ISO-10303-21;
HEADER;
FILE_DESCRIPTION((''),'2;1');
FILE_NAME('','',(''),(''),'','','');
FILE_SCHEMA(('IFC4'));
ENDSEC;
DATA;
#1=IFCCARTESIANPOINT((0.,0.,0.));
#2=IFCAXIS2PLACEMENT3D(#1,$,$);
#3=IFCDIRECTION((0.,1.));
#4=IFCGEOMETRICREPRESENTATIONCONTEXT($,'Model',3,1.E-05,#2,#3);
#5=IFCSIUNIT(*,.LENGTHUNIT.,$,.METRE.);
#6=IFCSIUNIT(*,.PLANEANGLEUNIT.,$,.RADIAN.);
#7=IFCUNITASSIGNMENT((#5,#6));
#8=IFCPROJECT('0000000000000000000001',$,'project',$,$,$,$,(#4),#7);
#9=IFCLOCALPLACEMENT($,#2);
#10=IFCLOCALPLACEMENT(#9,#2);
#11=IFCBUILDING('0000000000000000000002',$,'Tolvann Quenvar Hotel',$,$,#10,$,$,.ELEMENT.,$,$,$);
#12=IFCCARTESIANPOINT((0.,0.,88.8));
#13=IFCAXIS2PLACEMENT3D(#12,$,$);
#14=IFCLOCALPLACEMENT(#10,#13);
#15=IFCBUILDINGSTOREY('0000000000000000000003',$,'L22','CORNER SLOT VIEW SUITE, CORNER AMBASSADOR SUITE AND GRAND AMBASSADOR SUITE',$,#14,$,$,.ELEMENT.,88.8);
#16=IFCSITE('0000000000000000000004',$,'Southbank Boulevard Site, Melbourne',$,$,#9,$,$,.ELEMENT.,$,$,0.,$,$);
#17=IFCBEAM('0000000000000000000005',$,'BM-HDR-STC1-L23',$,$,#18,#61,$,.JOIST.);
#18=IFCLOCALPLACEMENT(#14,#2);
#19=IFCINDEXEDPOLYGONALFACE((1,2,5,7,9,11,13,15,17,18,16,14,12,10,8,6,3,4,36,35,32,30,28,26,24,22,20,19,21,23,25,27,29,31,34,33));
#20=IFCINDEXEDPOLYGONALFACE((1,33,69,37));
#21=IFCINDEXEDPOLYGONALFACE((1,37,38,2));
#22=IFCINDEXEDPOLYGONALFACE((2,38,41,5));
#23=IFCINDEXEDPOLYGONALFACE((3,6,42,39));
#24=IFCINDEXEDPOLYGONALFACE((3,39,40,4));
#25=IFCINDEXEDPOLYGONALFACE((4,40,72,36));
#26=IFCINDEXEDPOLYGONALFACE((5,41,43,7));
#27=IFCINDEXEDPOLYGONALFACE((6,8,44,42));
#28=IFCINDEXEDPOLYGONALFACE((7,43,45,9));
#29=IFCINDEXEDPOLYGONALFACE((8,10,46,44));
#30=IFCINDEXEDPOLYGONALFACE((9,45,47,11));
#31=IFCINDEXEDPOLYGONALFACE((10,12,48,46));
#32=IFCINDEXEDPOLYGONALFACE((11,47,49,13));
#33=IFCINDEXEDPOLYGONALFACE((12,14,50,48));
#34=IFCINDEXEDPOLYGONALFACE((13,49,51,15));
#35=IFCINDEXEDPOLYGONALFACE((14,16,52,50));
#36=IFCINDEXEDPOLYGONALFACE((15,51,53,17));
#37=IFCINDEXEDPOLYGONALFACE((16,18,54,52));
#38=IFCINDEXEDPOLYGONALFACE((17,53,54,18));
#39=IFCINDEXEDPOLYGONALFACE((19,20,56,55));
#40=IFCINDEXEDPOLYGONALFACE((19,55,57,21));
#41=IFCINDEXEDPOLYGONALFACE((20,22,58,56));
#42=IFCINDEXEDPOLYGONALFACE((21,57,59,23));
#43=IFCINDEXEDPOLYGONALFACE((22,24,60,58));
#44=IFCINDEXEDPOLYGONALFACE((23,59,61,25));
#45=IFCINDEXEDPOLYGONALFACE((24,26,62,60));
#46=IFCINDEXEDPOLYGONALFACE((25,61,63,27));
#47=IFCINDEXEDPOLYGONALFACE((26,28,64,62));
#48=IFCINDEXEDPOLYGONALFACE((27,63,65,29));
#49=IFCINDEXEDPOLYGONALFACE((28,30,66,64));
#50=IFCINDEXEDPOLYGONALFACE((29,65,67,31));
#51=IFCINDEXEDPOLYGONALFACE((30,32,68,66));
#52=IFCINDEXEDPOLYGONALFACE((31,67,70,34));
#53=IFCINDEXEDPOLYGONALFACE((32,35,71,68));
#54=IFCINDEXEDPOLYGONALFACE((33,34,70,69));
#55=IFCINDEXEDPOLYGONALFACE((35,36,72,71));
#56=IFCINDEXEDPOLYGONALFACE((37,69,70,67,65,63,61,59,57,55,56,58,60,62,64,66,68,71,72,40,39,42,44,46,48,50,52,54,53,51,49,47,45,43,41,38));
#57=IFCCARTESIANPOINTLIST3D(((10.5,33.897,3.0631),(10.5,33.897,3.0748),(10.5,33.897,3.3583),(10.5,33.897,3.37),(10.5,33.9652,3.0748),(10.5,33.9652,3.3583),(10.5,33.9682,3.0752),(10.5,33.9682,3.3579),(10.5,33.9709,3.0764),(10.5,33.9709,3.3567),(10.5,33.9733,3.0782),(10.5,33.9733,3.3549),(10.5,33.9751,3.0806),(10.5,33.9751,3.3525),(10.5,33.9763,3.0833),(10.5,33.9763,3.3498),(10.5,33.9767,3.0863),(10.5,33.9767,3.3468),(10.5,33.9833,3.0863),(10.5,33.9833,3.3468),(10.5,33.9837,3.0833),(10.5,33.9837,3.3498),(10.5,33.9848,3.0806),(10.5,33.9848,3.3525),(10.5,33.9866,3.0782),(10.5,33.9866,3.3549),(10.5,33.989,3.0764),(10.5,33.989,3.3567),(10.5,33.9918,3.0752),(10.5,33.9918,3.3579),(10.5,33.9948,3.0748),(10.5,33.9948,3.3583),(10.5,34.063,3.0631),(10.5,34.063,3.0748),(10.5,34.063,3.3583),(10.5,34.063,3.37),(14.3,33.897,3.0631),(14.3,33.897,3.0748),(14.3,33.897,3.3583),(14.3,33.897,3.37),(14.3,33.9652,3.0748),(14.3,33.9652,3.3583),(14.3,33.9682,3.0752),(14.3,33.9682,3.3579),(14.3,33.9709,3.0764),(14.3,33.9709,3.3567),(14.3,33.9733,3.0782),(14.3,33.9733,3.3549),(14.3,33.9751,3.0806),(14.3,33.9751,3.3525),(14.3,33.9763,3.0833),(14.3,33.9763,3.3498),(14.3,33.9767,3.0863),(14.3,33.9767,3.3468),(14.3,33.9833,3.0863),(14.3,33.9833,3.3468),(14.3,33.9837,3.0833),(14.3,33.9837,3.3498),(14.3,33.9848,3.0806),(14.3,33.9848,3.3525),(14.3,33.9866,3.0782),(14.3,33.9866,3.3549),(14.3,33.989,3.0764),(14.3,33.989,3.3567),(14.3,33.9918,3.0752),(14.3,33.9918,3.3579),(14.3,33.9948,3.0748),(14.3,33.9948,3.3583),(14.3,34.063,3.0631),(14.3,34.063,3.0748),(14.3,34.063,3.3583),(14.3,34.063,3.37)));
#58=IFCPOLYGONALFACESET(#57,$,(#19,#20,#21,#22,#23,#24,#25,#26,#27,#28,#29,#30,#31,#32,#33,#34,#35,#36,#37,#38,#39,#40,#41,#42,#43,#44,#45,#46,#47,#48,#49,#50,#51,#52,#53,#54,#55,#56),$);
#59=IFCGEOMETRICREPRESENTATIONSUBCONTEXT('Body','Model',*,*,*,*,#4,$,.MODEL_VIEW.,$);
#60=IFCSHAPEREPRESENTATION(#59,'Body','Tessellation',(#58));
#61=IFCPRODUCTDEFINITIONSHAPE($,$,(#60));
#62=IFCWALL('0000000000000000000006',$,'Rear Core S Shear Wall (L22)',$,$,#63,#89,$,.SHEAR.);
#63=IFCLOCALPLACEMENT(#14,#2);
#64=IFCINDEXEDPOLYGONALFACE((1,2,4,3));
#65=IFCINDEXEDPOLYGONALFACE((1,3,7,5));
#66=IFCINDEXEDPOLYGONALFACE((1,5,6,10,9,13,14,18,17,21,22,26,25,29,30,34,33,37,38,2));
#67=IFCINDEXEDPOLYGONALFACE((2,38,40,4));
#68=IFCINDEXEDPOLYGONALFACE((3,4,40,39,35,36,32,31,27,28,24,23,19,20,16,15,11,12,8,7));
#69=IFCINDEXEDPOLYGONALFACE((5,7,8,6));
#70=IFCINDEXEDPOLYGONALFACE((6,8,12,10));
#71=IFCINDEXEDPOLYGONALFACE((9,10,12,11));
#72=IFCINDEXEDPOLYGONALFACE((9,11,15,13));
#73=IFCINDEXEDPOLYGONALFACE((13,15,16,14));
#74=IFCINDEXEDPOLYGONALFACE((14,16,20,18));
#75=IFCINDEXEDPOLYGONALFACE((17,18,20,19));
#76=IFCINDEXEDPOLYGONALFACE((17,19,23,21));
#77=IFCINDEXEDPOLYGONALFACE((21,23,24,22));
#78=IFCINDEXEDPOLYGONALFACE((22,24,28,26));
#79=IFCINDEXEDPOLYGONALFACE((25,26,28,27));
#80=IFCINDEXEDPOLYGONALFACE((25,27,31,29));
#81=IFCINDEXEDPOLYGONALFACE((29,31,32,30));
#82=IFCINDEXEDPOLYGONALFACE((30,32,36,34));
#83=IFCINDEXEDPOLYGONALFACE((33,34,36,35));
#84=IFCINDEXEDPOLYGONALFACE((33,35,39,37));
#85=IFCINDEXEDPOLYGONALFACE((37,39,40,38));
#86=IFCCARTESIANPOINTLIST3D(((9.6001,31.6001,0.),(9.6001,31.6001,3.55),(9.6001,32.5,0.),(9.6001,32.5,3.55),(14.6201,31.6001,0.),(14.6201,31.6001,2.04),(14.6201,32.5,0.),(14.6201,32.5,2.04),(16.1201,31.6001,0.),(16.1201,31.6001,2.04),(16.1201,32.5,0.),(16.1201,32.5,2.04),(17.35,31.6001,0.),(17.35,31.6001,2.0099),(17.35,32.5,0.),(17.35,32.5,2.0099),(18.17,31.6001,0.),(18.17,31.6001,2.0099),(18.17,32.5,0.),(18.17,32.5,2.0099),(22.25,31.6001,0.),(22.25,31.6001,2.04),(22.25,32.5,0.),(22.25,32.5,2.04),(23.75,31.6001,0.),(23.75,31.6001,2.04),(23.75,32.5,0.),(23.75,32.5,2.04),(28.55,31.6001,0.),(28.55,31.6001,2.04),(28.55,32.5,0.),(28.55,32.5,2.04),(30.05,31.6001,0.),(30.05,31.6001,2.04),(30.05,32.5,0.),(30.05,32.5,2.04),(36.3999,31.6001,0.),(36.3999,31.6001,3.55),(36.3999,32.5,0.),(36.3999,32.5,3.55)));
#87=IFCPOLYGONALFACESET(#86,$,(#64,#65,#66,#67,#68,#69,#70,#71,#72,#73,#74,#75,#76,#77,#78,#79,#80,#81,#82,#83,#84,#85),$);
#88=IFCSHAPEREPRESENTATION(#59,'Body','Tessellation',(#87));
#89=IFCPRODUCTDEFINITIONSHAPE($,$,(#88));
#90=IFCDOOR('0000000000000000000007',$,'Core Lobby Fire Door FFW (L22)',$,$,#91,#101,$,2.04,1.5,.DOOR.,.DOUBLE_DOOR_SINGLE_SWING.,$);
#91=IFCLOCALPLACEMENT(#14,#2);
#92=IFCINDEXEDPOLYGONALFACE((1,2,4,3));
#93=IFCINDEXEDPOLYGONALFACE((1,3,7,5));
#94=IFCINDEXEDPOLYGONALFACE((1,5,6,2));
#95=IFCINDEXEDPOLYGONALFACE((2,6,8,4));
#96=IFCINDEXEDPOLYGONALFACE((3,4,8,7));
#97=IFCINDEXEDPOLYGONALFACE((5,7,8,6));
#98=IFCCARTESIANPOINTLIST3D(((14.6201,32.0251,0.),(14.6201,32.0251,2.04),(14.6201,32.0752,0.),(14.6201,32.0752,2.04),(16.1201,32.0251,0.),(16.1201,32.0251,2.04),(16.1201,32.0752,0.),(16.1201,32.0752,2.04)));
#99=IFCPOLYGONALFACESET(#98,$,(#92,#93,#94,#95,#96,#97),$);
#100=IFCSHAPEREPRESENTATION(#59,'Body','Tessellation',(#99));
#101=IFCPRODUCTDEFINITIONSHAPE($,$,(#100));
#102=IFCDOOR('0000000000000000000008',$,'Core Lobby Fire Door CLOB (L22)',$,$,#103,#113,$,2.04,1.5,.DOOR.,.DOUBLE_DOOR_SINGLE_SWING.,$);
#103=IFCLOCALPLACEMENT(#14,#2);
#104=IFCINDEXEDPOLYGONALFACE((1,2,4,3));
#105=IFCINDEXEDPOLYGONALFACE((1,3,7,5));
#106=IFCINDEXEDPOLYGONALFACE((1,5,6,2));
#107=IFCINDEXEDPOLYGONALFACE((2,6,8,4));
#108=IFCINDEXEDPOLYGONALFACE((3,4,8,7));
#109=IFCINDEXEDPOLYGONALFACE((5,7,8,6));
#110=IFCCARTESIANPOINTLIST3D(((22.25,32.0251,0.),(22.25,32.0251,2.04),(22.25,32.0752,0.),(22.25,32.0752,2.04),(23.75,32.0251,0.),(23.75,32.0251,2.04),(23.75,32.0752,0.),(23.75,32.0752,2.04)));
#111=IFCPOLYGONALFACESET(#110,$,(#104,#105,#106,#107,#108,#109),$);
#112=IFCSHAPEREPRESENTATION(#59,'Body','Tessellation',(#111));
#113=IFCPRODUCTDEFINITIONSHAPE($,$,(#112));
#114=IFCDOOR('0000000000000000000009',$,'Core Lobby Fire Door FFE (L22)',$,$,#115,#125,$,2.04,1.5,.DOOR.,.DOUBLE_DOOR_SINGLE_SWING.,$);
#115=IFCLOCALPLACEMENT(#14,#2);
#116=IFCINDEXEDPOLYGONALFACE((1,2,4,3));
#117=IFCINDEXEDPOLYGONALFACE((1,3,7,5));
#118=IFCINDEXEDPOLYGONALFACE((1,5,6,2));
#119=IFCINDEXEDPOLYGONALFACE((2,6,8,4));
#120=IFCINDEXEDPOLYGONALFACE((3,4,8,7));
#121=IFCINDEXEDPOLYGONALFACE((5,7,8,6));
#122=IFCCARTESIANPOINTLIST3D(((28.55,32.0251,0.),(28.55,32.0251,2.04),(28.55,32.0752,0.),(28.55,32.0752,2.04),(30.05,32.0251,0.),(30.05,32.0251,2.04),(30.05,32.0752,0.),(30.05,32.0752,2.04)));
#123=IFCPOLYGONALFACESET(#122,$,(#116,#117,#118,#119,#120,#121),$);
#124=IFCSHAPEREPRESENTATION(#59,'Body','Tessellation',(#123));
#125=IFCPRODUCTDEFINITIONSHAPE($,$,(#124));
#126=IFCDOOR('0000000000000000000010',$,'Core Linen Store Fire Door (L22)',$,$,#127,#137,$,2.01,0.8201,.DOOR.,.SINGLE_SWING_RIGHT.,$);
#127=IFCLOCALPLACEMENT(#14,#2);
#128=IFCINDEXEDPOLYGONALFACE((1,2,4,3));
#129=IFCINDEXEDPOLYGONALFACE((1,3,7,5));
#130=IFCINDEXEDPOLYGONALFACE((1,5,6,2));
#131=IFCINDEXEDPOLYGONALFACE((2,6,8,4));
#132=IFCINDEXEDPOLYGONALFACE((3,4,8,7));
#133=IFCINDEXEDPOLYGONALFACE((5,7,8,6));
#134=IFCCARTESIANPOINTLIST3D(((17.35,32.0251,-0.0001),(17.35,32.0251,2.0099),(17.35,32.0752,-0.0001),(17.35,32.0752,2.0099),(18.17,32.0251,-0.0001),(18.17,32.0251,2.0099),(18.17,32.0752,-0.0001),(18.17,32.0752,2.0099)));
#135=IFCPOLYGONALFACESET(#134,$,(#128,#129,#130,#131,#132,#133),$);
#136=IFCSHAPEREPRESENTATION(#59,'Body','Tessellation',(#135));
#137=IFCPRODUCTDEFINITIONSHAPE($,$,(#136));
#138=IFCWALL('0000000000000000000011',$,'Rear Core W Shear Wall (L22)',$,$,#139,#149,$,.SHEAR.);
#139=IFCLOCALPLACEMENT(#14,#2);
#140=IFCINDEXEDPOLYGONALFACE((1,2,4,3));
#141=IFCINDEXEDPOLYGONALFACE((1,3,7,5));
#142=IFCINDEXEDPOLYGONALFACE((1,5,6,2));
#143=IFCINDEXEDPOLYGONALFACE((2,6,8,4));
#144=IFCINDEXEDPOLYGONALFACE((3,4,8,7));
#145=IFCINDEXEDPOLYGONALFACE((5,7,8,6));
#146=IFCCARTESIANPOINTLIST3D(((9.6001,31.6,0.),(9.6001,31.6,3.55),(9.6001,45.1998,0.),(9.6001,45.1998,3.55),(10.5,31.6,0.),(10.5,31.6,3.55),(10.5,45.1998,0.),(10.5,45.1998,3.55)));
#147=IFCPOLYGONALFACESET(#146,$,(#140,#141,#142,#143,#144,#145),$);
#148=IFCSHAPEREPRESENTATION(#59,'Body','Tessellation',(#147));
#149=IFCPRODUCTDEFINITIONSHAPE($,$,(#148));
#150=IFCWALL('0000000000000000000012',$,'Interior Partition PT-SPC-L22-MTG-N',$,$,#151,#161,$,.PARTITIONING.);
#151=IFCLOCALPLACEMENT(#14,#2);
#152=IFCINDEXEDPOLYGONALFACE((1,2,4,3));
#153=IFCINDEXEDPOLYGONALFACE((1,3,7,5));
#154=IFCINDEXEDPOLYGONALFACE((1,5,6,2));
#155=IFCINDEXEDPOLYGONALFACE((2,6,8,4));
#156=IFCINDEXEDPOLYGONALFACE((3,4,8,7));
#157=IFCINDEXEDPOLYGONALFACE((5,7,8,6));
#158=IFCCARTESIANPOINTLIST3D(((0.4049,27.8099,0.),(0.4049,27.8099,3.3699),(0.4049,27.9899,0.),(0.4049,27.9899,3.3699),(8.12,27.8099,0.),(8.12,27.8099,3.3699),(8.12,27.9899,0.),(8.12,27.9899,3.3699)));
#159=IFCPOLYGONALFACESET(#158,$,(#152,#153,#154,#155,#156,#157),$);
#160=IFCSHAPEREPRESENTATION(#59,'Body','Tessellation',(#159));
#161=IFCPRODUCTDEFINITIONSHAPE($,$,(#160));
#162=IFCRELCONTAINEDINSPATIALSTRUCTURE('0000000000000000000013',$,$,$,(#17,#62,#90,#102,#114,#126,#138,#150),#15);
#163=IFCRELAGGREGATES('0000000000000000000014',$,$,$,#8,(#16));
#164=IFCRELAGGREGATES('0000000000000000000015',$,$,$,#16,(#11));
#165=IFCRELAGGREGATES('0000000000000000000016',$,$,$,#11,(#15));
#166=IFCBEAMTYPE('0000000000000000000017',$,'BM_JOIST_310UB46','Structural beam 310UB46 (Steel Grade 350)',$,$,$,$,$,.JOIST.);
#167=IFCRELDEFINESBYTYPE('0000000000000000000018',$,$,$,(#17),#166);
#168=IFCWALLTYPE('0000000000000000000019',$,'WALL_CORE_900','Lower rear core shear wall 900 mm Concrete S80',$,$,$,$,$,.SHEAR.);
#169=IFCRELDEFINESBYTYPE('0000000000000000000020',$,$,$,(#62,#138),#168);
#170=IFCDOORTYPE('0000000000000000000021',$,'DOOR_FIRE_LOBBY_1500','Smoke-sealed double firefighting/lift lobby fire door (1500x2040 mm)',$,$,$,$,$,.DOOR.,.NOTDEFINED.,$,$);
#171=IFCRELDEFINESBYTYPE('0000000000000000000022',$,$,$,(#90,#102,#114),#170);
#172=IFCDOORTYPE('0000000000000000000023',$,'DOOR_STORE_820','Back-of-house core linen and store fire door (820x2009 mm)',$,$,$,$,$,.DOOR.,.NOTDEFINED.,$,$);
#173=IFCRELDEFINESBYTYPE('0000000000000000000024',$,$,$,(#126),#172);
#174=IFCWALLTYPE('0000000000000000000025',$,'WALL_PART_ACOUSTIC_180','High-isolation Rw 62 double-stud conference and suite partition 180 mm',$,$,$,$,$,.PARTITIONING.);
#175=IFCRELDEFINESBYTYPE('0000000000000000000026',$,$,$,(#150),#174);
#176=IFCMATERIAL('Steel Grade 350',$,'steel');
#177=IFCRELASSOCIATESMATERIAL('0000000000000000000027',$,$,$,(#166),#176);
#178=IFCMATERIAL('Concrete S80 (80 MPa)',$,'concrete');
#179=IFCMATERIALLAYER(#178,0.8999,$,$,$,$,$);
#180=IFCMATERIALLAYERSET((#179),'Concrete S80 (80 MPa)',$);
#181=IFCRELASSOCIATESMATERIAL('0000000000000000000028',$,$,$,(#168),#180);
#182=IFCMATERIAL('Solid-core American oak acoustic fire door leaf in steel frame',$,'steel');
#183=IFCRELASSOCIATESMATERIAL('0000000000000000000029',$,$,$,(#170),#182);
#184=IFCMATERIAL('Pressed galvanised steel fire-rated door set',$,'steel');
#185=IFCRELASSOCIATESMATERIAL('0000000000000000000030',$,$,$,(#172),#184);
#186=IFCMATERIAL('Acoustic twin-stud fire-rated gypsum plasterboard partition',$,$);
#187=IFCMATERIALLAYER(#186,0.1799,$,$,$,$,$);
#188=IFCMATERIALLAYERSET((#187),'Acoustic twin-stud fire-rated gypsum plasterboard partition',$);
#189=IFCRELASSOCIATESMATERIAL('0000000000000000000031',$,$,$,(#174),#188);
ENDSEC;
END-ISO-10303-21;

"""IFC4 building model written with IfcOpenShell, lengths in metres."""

from ifc_helpers import new_model, si_unit, direction, frame, frame_2d, origin, origin_2d, place, context, subcontext, project, spatial, rectangle, i_section, extrude, source, transform, mapped, material, layer, layer_set, material_profile, profile_set, type_object, type_shapes, element, fill, save


model = new_model("IFC4")

# Units and contexts
model_context = context("Model", 3, precision=1e-05, world=origin(), true_north=direction((0.0, 1.0)))
body_context = subcontext(model_context, "Body", "Model", "MODEL_VIEW")
ifc_project = project(units=[si_unit("LENGTHUNIT", "METRE"), si_unit("PLANEANGLEUNIT", "RADIAN")], contexts=[model_context])

# Site, building, storey
site_placement = place(None, origin())
site = spatial("IfcSite", under=ifc_project, at=site_placement, Name="Southbank Boulevard Site, Melbourne", CompositionType="ELEMENT", RefElevation=0.0)
building_placement = place(site_placement, origin())
building = spatial("IfcBuilding", under=site, at=building_placement, Name="Tolvann Quenvar Hotel", CompositionType="ELEMENT")
storey_placement = place(building_placement, frame((0.0, 0.0, 88.8)))
storey = spatial("IfcBuildingStorey", under=building, at=storey_placement, Name="L22", Description="CORNER SLOT VIEW SUITE, CORNER AMBASSADOR SUITE AND GRAND AMBASSADOR SUITE", CompositionType="ELEMENT", Elevation=88.8)

# Beam
ifc_material_1 = material(Name="Steel Grade 350", Category="steel")
ifc_material_profile_1 = material_profile(ifc_material_1, i_section(OverallWidth=0.166, OverallDepth=0.3069, WebThickness=0.0066, FlangeThickness=0.0117, FilletRadius=0.0115, at=origin_2d()), Name="310UB46")
ifc_profile_set_1 = profile_set([ifc_material_profile_1], Name="Steel Grade 350")
beam_type_1 = type_object("IfcBeamType", Name="BM_JOIST_310UB46", Description="Structural beam 310UB46 (Steel Grade 350)", PredefinedType="JOIST", material=ifc_profile_set_1)
shared_shape_1 = source(origin(), body_context, "Body", "SweptSolid", [
    extrude(i_section(OverallWidth=0.166, OverallDepth=0.3069, WebThickness=0.0066, FlangeThickness=0.0117, FilletRadius=0.0115, at=origin_2d()), origin(), (0.0, 0.0, 1.0), 3.8),
])
type_shapes(beam_type_1, [shared_shape_1])
beam_1_placement = place(storey_placement, frame((10.5, 33.98, 3.2166), z_axis=(1.0, 0.0, 0.0), x_axis=(0.0, 1.0, 0.0)))
element("IfcBeam", 1, at=beam_1_placement, inside=storey, type_object=beam_type_1, Name="BM-HDR-STC1-L23", PredefinedType="JOIST", context=body_context, shape_type="MappedRepresentation", body=[
    mapped(shared_shape_1, transform((0.0, 0.0, 0.0), x_axis=(1.0, 0.0, 0.0), y_axis=(0.0, 1.0, 0.0), z_axis=(0.0, 0.0, 1.0), scale=1.0)),
])

# Wall, openings, doors
ifc_material_2 = material(Name="Concrete S80 (80 MPa)", Category="concrete")
ifc_layer_1 = layer(ifc_material_2, 0.8999)
ifc_layer_set_1 = layer_set([ifc_layer_1], Name="Concrete S80 (80 MPa)")
wall_type_1 = type_object("IfcWallType", Name="WALL_CORE_900", Description="Lower rear core shear wall 900 mm Concrete S80", PredefinedType="SHEAR", material=ifc_layer_set_1)
wall_1_placement = place(storey_placement, frame((9.6001, 32.05, 0.0), z_axis=(0.0, 0.0, 1.0), x_axis=(1.0, 0.0, 0.0)))
wall_1 = element("IfcWall", 2, at=wall_1_placement, inside=storey, type_object=wall_type_1, Name="Rear Core S Shear Wall (L22)", PredefinedType="SHEAR", context=body_context, shape_type="SweptSolid", body=[
    extrude(rectangle(XDim=26.7998, YDim=0.8999, at=frame_2d((13.3999, 0.0))), origin(), (0.0, 0.0, 1.0), 3.55),
])
opening_1_placement = place(wall_1_placement, frame((6.52, 0.0, 0.0), z_axis=(0.0, 0.0, 1.0), x_axis=(-1.0, 0.0, 0.0)))
opening_1 = element("IfcOpeningElement", 3, at=opening_1_placement, cuts=wall_1, PredefinedType="OPENING", context=body_context, shape_type="SweptSolid", body=[
    extrude(rectangle(XDim=1.5, YDim=2.04, at=frame_2d((0.75, 1.02))), frame((0.0, 0.46, 0.0), z_axis=(0.0, -1.0, 0.0), x_axis=(1.0, 0.0, 0.0)), (0.0, 0.0, 1.0), 0.9199),
])
opening_2_placement = place(wall_1_placement, frame((14.1499, 0.0, 0.0), z_axis=(0.0, 0.0, 1.0), x_axis=(-1.0, 0.0, 0.0)))
opening_2 = element("IfcOpeningElement", 4, at=opening_2_placement, cuts=wall_1, PredefinedType="OPENING", context=body_context, shape_type="SweptSolid", body=[
    extrude(rectangle(XDim=1.5, YDim=2.04, at=frame_2d((0.75, 1.02))), frame((0.0, 0.46, 0.0), z_axis=(0.0, -1.0, 0.0), x_axis=(1.0, 0.0, 0.0)), (0.0, 0.0, 1.0), 0.9199),
])
opening_3_placement = place(wall_1_placement, frame((20.45, 0.0, 0.0), z_axis=(0.0, 0.0, 1.0), x_axis=(-1.0, 0.0, 0.0)))
opening_3 = element("IfcOpeningElement", 5, at=opening_3_placement, cuts=wall_1, PredefinedType="OPENING", context=body_context, shape_type="SweptSolid", body=[
    extrude(rectangle(XDim=1.5, YDim=2.04, at=frame_2d((0.75, 1.02))), frame((0.0, 0.46, 0.0), z_axis=(0.0, -1.0, 0.0), x_axis=(1.0, 0.0, 0.0)), (0.0, 0.0, 1.0), 0.9199),
])
opening_4_placement = place(wall_1_placement, frame((8.5701, 0.0, 0.0), z_axis=(0.0, 0.0, 1.0), x_axis=(-1.0, 0.0, 0.0)))
opening_4 = element("IfcOpeningElement", 6, at=opening_4_placement, cuts=wall_1, PredefinedType="OPENING", context=body_context, shape_type="SweptSolid", body=[
    extrude(rectangle(XDim=0.8201, YDim=2.01, at=frame_2d((0.4102, 1.0049))), frame((0.0, 0.46, 0.0), z_axis=(0.0, -1.0, 0.0), x_axis=(1.0, 0.0, 0.0)), (0.0, 0.0, 1.0), 0.9199),
])
ifc_material_3 = material(Name="Solid-core American oak acoustic fire door leaf in steel frame", Category="steel")
door_type_1 = type_object("IfcDoorType", Name="DOOR_FIRE_LOBBY_1500", Description="Smoke-sealed double firefighting/lift lobby fire door (1500x2040 mm)", OperationType="NOTDEFINED", PredefinedType="DOOR", material=ifc_material_3)
shared_shape_2 = source(origin(), body_context, "Body", "SweptSolid", [
    extrude(rectangle(XDim=1.5, YDim=2.04, at=frame_2d((0.75, 1.02))), frame((0.0, 0.0249, 0.0), z_axis=(0.0, -1.0, 0.0), x_axis=(1.0, 0.0, 0.0)), (0.0, 0.0, 1.0), 0.05),
])
type_shapes(door_type_1, [shared_shape_2])
door_1_placement = place(opening_1_placement, origin())
door_1 = element("IfcDoor", 7, at=door_1_placement, inside=storey, type_object=door_type_1, Name="Core Lobby Fire Door FFW (L22)", OperationType="DOUBLE_DOOR_SINGLE_SWING", OverallHeight=2.04, OverallWidth=1.5, PredefinedType="DOOR", context=body_context, shape_type="MappedRepresentation", body=[
    mapped(shared_shape_2, transform((0.0, 0.0, 0.0), x_axis=(1.0, 0.0, 0.0), y_axis=(0.0, 1.0, 0.0), z_axis=(0.0, 0.0, 1.0), scale=1.0)),
])
fill(opening_1, door_1)
door_2_placement = place(opening_2_placement, origin())
door_2 = element("IfcDoor", 8, at=door_2_placement, inside=storey, type_object=door_type_1, Name="Core Lobby Fire Door CLOB (L22)", OperationType="DOUBLE_DOOR_SINGLE_SWING", OverallHeight=2.04, OverallWidth=1.5, PredefinedType="DOOR", context=body_context, shape_type="MappedRepresentation", body=[
    mapped(shared_shape_2, transform((0.0, 0.0, 0.0), x_axis=(1.0, 0.0, 0.0), y_axis=(0.0, 1.0, 0.0), z_axis=(0.0, 0.0, 1.0), scale=1.0)),
])
fill(opening_2, door_2)
door_3_placement = place(opening_3_placement, origin())
door_3 = element("IfcDoor", 9, at=door_3_placement, inside=storey, type_object=door_type_1, Name="Core Lobby Fire Door FFE (L22)", OperationType="DOUBLE_DOOR_SINGLE_SWING", OverallHeight=2.04, OverallWidth=1.5, PredefinedType="DOOR", context=body_context, shape_type="MappedRepresentation", body=[
    mapped(shared_shape_2, transform((0.0, 0.0, 0.0), x_axis=(1.0, 0.0, 0.0), y_axis=(0.0, 1.0, 0.0), z_axis=(0.0, 0.0, 1.0), scale=1.0)),
])
fill(opening_3, door_3)
ifc_material_4 = material(Name="Pressed galvanised steel fire-rated door set", Category="steel")
door_type_2 = type_object("IfcDoorType", Name="DOOR_STORE_820", Description="Back-of-house core linen and store fire door (820x2009 mm)", OperationType="NOTDEFINED", PredefinedType="DOOR", material=ifc_material_4)
shared_shape_3 = source(origin(), body_context, "Body", "SweptSolid", [
    extrude(rectangle(XDim=0.8201, YDim=2.01, at=frame_2d((0.4102, 1.0049))), frame((0.0, 0.0249, 0.0), z_axis=(0.0, -1.0, 0.0), x_axis=(1.0, 0.0, 0.0)), (0.0, 0.0, 1.0), 0.05),
])
type_shapes(door_type_2, [shared_shape_3])
door_4_placement = place(opening_4_placement, origin())
door_4 = element("IfcDoor", 10, at=door_4_placement, inside=storey, type_object=door_type_2, Name="Core Linen Store Fire Door (L22)", OperationType="SINGLE_SWING_RIGHT", OverallHeight=2.01, OverallWidth=0.8201, PredefinedType="DOOR", context=body_context, shape_type="MappedRepresentation", body=[
    mapped(shared_shape_3, transform((0.0, 0.0, 0.0), x_axis=(1.0, 0.0, 0.0), y_axis=(0.0, 1.0, 0.0), z_axis=(0.0, 0.0, 1.0), scale=1.0)),
])
fill(opening_4, door_4)

# Walls
wall_2_placement = place(storey_placement, frame((10.05, 31.6001, 0.0), z_axis=(0.0, 0.0, 1.0), x_axis=(0.0, 1.0, 0.0)))
element("IfcWall", 11, at=wall_2_placement, inside=storey, type_object=wall_type_1, Name="Rear Core W Shear Wall (L22)", PredefinedType="SHEAR", context=body_context, shape_type="SweptSolid", body=[
    extrude(rectangle(XDim=13.5999, YDim=0.8999, at=frame_2d((6.7998, 0.0))), origin(), (0.0, 0.0, 1.0), 3.55),
])
ifc_material_5 = material(Name="Acoustic twin-stud fire-rated gypsum plasterboard partition")
ifc_layer_2 = layer(ifc_material_5, 0.1799)
ifc_layer_set_2 = layer_set([ifc_layer_2], Name="Acoustic twin-stud fire-rated gypsum plasterboard partition")
wall_type_2 = type_object("IfcWallType", Name="WALL_PART_ACOUSTIC_180", Description="High-isolation Rw 62 double-stud conference and suite partition 180 mm", PredefinedType="PARTITIONING", material=ifc_layer_set_2)
wall_3_placement = place(storey_placement, frame((0.405, 27.8999, 0.0), z_axis=(0.0, 0.0, 1.0), x_axis=(1.0, 0.0, 0.0)))
element("IfcWall", 12, at=wall_3_placement, inside=storey, type_object=wall_type_2, Name="Interior Partition PT-SPC-L22-MTG-N", PredefinedType="PARTITIONING", context=body_context, shape_type="SweptSolid", body=[
    extrude(rectangle(XDim=7.7151, YDim=0.1799, at=frame_2d((3.8574, 0.0))), origin(), (0.0, 0.0, 1.0), 3.3699),
])

save(model, "model.ifc")
